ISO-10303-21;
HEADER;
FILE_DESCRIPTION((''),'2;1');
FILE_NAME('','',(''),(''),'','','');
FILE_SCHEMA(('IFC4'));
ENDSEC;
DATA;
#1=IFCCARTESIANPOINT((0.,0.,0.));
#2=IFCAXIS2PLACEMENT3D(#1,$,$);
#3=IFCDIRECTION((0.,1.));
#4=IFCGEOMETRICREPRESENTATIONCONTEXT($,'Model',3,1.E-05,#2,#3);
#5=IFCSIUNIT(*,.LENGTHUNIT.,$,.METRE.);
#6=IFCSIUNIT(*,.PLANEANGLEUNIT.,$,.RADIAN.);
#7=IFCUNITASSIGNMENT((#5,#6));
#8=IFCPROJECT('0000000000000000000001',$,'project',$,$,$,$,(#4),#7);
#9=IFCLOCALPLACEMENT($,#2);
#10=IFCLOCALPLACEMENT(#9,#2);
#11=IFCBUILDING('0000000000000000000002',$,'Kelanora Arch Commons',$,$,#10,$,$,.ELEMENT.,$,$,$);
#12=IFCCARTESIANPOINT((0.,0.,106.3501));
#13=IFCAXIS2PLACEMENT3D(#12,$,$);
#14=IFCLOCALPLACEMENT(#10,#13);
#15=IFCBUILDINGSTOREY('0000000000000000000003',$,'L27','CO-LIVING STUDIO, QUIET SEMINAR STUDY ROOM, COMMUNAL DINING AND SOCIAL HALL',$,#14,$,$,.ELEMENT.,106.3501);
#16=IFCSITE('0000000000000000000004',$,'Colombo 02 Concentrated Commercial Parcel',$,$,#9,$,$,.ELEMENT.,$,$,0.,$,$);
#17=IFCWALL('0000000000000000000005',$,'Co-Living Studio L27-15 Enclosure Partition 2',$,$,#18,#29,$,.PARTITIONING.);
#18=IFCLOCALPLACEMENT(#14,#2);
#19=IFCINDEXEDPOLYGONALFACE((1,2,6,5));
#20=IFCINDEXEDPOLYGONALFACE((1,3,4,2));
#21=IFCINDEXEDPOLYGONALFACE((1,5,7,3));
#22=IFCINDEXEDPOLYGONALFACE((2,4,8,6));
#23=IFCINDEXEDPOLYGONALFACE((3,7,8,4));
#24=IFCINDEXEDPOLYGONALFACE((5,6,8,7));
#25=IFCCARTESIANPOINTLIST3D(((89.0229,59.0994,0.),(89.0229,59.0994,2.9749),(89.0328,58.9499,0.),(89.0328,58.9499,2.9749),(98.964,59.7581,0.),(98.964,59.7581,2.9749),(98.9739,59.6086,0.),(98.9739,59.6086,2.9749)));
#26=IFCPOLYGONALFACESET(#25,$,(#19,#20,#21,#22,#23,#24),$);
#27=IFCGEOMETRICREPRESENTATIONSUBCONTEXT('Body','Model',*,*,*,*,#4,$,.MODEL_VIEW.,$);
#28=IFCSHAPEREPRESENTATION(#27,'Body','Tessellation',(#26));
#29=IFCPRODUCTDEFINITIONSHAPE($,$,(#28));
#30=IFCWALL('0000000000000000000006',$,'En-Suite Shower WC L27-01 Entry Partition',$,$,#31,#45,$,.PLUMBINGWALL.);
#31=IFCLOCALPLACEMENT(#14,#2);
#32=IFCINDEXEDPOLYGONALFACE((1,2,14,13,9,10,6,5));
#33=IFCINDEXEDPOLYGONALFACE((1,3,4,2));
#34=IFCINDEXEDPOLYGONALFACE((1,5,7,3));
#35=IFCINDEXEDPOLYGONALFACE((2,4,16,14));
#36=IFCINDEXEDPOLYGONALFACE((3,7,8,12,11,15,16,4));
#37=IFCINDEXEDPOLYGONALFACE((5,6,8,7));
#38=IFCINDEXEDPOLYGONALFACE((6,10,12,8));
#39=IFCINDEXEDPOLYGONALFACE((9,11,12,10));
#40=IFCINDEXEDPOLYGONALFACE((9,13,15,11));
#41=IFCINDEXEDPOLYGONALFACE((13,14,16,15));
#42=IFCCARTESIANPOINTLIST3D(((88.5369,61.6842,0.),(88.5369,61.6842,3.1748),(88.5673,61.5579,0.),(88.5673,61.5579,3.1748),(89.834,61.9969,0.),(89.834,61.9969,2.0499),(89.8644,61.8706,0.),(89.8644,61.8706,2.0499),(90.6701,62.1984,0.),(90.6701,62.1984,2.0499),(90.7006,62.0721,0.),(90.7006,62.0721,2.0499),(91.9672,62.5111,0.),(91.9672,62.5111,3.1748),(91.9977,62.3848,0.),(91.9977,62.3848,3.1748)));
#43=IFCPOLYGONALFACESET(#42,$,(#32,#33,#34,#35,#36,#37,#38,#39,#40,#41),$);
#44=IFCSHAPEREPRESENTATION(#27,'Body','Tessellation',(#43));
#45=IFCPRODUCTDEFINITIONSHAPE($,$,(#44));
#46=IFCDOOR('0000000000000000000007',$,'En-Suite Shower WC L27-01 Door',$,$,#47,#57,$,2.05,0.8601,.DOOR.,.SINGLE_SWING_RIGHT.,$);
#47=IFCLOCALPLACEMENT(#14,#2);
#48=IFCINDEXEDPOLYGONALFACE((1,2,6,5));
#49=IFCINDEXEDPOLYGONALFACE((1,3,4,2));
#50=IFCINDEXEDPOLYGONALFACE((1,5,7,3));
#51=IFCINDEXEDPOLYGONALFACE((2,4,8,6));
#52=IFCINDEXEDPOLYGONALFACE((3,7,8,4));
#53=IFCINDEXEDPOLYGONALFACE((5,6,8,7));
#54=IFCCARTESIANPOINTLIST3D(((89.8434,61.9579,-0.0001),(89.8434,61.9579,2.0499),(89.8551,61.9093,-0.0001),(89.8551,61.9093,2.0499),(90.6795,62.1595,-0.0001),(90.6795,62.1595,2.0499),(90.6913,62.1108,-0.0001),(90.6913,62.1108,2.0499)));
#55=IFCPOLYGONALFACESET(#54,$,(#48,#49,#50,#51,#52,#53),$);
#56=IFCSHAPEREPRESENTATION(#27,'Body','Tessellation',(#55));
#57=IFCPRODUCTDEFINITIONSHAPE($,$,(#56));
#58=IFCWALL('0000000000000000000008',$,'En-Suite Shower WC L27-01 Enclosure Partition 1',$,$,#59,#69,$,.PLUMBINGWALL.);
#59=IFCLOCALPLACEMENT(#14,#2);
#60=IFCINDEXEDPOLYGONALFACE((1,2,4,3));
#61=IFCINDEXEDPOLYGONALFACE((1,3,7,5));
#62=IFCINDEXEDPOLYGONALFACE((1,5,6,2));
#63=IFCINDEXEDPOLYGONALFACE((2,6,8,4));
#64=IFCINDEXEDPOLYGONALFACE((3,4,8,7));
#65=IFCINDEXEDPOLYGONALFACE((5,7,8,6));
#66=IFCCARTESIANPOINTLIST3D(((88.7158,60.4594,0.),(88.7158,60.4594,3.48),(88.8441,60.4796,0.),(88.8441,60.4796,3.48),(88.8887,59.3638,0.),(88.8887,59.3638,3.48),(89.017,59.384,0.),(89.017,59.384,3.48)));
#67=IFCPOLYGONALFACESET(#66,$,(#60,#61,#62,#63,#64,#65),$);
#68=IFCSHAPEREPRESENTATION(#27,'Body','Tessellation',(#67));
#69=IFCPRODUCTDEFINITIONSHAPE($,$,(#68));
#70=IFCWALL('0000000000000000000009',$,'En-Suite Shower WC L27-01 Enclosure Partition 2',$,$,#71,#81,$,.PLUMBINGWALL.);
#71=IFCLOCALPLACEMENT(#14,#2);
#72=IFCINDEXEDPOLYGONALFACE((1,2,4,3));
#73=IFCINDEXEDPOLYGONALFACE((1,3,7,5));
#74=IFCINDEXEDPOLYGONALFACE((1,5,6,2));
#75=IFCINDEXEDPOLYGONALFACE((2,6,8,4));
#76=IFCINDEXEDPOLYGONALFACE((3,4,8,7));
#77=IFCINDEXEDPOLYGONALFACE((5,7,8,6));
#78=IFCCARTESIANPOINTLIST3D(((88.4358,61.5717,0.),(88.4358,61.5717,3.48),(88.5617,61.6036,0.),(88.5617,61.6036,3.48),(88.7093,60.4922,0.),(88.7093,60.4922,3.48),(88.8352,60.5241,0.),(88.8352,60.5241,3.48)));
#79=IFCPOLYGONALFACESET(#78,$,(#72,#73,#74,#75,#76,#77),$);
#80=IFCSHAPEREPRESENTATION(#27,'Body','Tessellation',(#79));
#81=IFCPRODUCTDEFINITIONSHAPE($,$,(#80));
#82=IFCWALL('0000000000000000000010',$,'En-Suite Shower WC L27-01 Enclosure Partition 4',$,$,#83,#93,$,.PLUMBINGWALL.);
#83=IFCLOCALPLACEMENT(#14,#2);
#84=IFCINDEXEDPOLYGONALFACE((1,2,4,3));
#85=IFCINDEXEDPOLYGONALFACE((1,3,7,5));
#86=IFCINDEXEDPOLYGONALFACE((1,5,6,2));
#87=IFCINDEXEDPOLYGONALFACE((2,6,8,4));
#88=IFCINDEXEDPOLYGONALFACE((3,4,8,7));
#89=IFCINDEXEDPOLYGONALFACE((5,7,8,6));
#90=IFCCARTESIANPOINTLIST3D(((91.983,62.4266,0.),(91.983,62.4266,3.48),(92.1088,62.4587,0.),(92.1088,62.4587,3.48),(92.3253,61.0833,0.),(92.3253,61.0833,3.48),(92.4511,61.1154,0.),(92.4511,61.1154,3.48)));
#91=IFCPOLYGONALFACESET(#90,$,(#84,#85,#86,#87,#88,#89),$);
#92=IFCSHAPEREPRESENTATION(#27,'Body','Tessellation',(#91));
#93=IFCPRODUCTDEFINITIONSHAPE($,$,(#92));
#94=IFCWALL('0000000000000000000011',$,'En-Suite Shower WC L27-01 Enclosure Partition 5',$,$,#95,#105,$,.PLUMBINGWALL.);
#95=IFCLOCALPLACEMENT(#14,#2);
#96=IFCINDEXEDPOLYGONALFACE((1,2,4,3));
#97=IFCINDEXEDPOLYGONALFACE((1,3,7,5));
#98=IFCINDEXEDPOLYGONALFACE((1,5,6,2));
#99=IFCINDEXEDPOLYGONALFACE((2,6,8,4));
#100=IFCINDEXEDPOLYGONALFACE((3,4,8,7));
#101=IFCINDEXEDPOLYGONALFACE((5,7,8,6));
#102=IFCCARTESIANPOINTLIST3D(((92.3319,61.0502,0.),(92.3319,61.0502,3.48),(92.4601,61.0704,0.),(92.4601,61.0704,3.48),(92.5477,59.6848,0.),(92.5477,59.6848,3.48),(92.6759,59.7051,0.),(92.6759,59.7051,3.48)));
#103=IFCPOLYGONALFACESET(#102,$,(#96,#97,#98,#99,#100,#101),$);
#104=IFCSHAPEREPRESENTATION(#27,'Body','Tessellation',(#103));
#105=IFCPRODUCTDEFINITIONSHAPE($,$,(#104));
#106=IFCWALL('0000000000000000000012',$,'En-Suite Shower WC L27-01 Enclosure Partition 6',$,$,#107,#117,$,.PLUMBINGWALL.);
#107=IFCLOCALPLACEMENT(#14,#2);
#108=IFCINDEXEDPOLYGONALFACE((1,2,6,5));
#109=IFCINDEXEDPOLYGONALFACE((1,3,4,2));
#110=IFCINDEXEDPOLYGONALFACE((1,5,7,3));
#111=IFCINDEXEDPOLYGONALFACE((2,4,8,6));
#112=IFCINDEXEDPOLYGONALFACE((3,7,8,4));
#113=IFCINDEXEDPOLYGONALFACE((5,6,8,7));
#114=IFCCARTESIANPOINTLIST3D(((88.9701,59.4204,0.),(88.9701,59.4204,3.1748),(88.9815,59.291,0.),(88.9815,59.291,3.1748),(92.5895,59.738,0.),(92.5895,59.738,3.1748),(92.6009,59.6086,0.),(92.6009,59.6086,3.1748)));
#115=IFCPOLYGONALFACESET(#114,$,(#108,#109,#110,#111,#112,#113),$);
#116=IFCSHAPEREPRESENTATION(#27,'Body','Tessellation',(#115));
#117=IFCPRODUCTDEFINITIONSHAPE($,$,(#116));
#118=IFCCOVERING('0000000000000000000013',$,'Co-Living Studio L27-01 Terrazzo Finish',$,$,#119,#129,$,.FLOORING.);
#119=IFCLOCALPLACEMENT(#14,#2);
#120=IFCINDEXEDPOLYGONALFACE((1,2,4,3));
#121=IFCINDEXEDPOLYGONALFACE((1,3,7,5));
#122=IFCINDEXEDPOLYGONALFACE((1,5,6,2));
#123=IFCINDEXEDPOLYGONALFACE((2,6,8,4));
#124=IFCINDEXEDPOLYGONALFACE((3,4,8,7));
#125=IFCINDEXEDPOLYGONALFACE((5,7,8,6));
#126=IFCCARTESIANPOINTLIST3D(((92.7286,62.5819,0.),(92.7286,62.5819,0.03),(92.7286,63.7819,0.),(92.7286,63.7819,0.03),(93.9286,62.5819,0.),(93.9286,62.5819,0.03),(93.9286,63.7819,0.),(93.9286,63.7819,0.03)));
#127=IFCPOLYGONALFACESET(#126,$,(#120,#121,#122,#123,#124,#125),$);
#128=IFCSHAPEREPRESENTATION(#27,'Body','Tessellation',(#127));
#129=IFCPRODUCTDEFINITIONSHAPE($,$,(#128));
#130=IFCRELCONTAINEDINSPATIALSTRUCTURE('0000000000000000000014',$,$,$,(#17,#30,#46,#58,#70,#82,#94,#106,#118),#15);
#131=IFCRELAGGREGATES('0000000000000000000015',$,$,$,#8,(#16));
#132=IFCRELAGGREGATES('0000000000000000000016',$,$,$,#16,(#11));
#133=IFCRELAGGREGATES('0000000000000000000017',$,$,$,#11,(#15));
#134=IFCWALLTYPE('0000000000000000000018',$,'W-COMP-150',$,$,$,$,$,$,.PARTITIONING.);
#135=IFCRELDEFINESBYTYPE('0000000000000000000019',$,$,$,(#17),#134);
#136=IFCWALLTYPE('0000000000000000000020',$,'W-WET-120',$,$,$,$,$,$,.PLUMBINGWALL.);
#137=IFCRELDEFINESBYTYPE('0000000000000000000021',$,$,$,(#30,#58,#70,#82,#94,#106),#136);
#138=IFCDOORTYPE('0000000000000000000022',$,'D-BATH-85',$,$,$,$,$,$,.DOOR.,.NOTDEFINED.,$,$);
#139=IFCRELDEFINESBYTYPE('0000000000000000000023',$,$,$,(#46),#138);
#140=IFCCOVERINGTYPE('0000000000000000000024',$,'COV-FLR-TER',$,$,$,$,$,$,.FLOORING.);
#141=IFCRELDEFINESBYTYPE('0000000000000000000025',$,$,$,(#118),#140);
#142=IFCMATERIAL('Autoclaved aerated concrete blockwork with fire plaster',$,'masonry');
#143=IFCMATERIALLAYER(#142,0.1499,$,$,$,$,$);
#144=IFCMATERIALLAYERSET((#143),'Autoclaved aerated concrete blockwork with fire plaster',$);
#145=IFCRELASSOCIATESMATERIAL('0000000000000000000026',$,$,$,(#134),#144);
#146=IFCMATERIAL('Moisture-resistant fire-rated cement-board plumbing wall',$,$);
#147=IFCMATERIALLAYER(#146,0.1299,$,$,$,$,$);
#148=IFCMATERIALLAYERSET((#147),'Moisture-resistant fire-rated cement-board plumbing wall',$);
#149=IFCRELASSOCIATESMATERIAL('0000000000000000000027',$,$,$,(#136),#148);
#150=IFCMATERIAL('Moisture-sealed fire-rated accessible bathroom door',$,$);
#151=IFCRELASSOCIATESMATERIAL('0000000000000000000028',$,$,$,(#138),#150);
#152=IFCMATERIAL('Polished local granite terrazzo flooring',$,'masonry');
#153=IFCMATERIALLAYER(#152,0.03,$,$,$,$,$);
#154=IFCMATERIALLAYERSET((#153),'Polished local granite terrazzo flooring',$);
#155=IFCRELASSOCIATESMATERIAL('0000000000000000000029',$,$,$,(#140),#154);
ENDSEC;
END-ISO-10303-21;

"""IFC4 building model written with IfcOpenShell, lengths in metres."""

from ifc_helpers import new_model, si_unit, direction, frame, frame_2d, origin, origin_2d, place, context, subcontext, project, spatial, rectangle, extrude, source, transform, mapped, material, layer, layer_set, type_object, element, fill, save


model = new_model("IFC4")

# Units and contexts
model_context = context("Model", 3, precision=1e-05, world=origin(), true_north=direction((0.0, 1.0)))
body_context = subcontext(model_context, "Body", "Model", "MODEL_VIEW")
ifc_project = project(units=[si_unit("LENGTHUNIT", "METRE"), si_unit("PLANEANGLEUNIT", "RADIAN")], contexts=[model_context])

# Site, building, storey
site_placement = place(None, origin())
site = spatial("IfcSite", under=ifc_project, at=site_placement, Name="Colombo 02 Concentrated Commercial Parcel", CompositionType="ELEMENT", RefElevation=0.0)
building_placement = place(site_placement, origin())
building = spatial("IfcBuilding", under=site, at=building_placement, Name="Kelanora Arch Commons", CompositionType="ELEMENT")
storey_placement = place(building_placement, frame((0.0, 0.0, 106.3501)))
storey = spatial("IfcBuildingStorey", under=building, at=storey_placement, Name="L27", Description="CO-LIVING STUDIO, QUIET SEMINAR STUDY ROOM, COMMUNAL DINING AND SOCIAL HALL", CompositionType="ELEMENT", Elevation=106.3501)

# Shared definitions
ifc_material_1 = material(Name="Autoclaved aerated concrete blockwork with fire plaster", Category="masonry")
ifc_layer_1 = layer(ifc_material_1, 0.1499)
ifc_layer_set_1 = layer_set([ifc_layer_1], Name="Autoclaved aerated concrete blockwork with fire plaster")
wall_type_1 = type_object("IfcWallType", Name="W-COMP-150", PredefinedType="PARTITIONING", material=ifc_layer_set_1)

# Wall
wall_1_placement = place(storey_placement, frame((89.0278, 59.0247, 0.0), z_axis=(0.0, 0.0, 1.0), x_axis=(0.997812, 0.066114, 0.0)))
element("IfcWall", 1, at=wall_1_placement, inside=storey, type_object=wall_type_1, Name="Co-Living Studio L27-15 Enclosure Partition 2", PredefinedType="PARTITIONING", context=body_context, shape_type="SweptSolid", body=[
    extrude(rectangle(XDim=9.9629, YDim=0.1499, at=frame_2d((4.9814, 0.0))), origin(), (0.0, 0.0, 1.0), 2.9749),
])

# Wall, opening, door
ifc_material_2 = material(Name="Moisture-resistant fire-rated cement-board plumbing wall")
ifc_layer_2 = layer(ifc_material_2, 0.1299)
ifc_layer_set_2 = layer_set([ifc_layer_2], Name="Moisture-resistant fire-rated cement-board plumbing wall")
wall_type_2 = type_object("IfcWallType", Name="W-WET-120", PredefinedType="PLUMBINGWALL", material=ifc_layer_set_2)
wall_2_placement = place(storey_placement, frame((88.5522, 61.6211, 0.0), z_axis=(0.0, 0.0, 1.0), x_axis=(0.972155, 0.234338, 0.0)))
wall_2 = element("IfcWall", 2, at=wall_2_placement, inside=storey, type_object=wall_type_2, Name="En-Suite Shower WC L27-01 Entry Partition", PredefinedType="PLUMBINGWALL", context=body_context, shape_type="SweptSolid", body=[
    extrude(rectangle(XDim=3.5286, YDim=0.1299, at=frame_2d((1.7642, 0.0))), origin(), (0.0, 0.0, 1.0), 3.1748),
])
opening_1_placement = place(wall_2_placement, frame((1.334, 0.0, 0.0)))
opening_1 = element("IfcOpeningElement", 3, at=opening_1_placement, cuts=wall_2, PredefinedType="OPENING", context=body_context, shape_type="SweptSolid", body=[
    extrude(rectangle(XDim=0.8601, YDim=2.05, at=frame_2d((0.4302, 1.0249))), frame((0.0, 0.075, 0.0), z_axis=(0.0, -1.0, 0.0), x_axis=(1.0, 0.0, 0.0)), (0.0, 0.0, 1.0), 0.1499),
])
ifc_material_3 = material(Name="Moisture-sealed fire-rated accessible bathroom door")
door_type_1 = type_object("IfcDoorType", Name="D-BATH-85", OperationType="NOTDEFINED", PredefinedType="DOOR", material=ifc_material_3)
door_1_placement = place(opening_1_placement, origin())
door_1 = element("IfcDoor", 4, at=door_1_placement, inside=storey, type_object=door_type_1, Name="En-Suite Shower WC L27-01 Door", OperationType="SINGLE_SWING_RIGHT", OverallHeight=2.05, OverallWidth=0.8601, PredefinedType="DOOR", context=body_context, shape_type="SweptSolid", body=[
    extrude(rectangle(XDim=0.8601, YDim=2.05, at=frame_2d((0.4302, 1.0249))), frame((0.0, 0.0249, 0.0), z_axis=(0.0, -1.0, 0.0), x_axis=(1.0, 0.0, 0.0)), (0.0, 0.0, 1.0), 0.05),
])
fill(opening_1, door_1)

# Walls
wall_3_placement = place(storey_placement, frame((88.9529, 59.3738, 0.0), z_axis=(0.0, 0.0, 1.0), x_axis=(-0.155861, 0.987779, 0.0)))
element("IfcWall", 5, at=wall_3_placement, inside=storey, type_object=wall_type_2, Name="En-Suite Shower WC L27-01 Enclosure Partition 1", PredefinedType="PLUMBINGWALL", context=body_context, shape_type="SweptSolid", body=[
    extrude(rectangle(XDim=1.1091, YDim=0.1299, at=frame_2d((0.5547, 0.0))), origin(), (0.0, 0.0, 1.0), 3.48),
])
wall_4_placement = place(storey_placement, frame((88.7722, 60.5083, 0.0), z_axis=(0.0, 0.0, 1.0), x_axis=(-0.245578, 0.969377, 0.0)))
element("IfcWall", 6, at=wall_4_placement, inside=storey, type_object=wall_type_2, Name="En-Suite Shower WC L27-01 Enclosure Partition 2", PredefinedType="PLUMBINGWALL", context=body_context, shape_type="SweptSolid", body=[
    extrude(rectangle(XDim=1.1135, YDim=0.1299, at=frame_2d((0.5566, 0.0))), origin(), (0.0, 0.0, 1.0), 3.48),
])
wall_5_placement = place(storey_placement, frame((92.0459, 62.4426, 0.0), z_axis=(0.0, 0.0, 1.0), x_axis=(0.246926, -0.969034, 0.0)))
element("IfcWall", 7, at=wall_5_placement, inside=storey, type_object=wall_type_2, Name="En-Suite Shower WC L27-01 Enclosure Partition 4", PredefinedType="PLUMBINGWALL", context=body_context, shape_type="SweptSolid", body=[
    extrude(rectangle(XDim=1.3862, YDim=0.1299, at=frame_2d((0.6931, 0.0))), origin(), (0.0, 0.0, 1.0), 3.48),
])
wall_6_placement = place(storey_placement, frame((92.396, 61.0603, 0.0), z_axis=(0.0, 0.0, 1.0), x_axis=(0.156117, -0.987739, 0.0)))
element("IfcWall", 8, at=wall_6_placement, inside=storey, type_object=wall_type_2, Name="En-Suite Shower WC L27-01 Enclosure Partition 5", PredefinedType="PLUMBINGWALL", context=body_context, shape_type="SweptSolid", body=[
    extrude(rectangle(XDim=1.3823, YDim=0.1299, at=frame_2d((0.6912, 0.0))), origin(), (0.0, 0.0, 1.0), 3.48),
])
wall_7_placement = place(storey_placement, frame((92.5952, 59.6733, 0.0), z_axis=(0.0, 0.0, 1.0), x_axis=(-0.996171, -0.087421, 0.0)))
element("IfcWall", 9, at=wall_7_placement, inside=storey, type_object=wall_type_2, Name="En-Suite Shower WC L27-01 Enclosure Partition 6", PredefinedType="PLUMBINGWALL", context=body_context, shape_type="SweptSolid", body=[
    extrude(rectangle(XDim=3.6333, YDim=0.1299, at=frame_2d((1.8167, 0.0))), origin(), (0.0, 0.0, 1.0), 3.1748),
])

# Covering
ifc_material_4 = material(Name="Polished local granite terrazzo flooring", Category="masonry")
ifc_layer_3 = layer(ifc_material_4, 0.03)
ifc_layer_set_3 = layer_set([ifc_layer_3], Name="Polished local granite terrazzo flooring")
covering_type = type_object("IfcCoveringType", Name="COV-FLR-TER", PredefinedType="FLOORING", material=ifc_layer_set_3)
shared_shape_1 = source(origin(), body_context, "Body", "SweptSolid", [
    extrude(rectangle(XDim=1.2, YDim=1.2, at=origin_2d()), origin(), (0.0, 0.0, 1.0), 0.03),
])
covering_placement = place(storey_placement, frame((93.3286, 63.1819, 0.0), z_axis=(0.0, 0.0, 1.0), x_axis=(1.0, 0.0, 0.0)))
element("IfcCovering", 10, at=covering_placement, inside=storey, type_object=covering_type, Name="Co-Living Studio L27-01 Terrazzo Finish", PredefinedType="FLOORING", context=body_context, shape_type="MappedRepresentation", body=[
    mapped(shared_shape_1, transform((0.0, 0.0, 0.0), scale=1.0)),
])

save(model, "model.ifc")
